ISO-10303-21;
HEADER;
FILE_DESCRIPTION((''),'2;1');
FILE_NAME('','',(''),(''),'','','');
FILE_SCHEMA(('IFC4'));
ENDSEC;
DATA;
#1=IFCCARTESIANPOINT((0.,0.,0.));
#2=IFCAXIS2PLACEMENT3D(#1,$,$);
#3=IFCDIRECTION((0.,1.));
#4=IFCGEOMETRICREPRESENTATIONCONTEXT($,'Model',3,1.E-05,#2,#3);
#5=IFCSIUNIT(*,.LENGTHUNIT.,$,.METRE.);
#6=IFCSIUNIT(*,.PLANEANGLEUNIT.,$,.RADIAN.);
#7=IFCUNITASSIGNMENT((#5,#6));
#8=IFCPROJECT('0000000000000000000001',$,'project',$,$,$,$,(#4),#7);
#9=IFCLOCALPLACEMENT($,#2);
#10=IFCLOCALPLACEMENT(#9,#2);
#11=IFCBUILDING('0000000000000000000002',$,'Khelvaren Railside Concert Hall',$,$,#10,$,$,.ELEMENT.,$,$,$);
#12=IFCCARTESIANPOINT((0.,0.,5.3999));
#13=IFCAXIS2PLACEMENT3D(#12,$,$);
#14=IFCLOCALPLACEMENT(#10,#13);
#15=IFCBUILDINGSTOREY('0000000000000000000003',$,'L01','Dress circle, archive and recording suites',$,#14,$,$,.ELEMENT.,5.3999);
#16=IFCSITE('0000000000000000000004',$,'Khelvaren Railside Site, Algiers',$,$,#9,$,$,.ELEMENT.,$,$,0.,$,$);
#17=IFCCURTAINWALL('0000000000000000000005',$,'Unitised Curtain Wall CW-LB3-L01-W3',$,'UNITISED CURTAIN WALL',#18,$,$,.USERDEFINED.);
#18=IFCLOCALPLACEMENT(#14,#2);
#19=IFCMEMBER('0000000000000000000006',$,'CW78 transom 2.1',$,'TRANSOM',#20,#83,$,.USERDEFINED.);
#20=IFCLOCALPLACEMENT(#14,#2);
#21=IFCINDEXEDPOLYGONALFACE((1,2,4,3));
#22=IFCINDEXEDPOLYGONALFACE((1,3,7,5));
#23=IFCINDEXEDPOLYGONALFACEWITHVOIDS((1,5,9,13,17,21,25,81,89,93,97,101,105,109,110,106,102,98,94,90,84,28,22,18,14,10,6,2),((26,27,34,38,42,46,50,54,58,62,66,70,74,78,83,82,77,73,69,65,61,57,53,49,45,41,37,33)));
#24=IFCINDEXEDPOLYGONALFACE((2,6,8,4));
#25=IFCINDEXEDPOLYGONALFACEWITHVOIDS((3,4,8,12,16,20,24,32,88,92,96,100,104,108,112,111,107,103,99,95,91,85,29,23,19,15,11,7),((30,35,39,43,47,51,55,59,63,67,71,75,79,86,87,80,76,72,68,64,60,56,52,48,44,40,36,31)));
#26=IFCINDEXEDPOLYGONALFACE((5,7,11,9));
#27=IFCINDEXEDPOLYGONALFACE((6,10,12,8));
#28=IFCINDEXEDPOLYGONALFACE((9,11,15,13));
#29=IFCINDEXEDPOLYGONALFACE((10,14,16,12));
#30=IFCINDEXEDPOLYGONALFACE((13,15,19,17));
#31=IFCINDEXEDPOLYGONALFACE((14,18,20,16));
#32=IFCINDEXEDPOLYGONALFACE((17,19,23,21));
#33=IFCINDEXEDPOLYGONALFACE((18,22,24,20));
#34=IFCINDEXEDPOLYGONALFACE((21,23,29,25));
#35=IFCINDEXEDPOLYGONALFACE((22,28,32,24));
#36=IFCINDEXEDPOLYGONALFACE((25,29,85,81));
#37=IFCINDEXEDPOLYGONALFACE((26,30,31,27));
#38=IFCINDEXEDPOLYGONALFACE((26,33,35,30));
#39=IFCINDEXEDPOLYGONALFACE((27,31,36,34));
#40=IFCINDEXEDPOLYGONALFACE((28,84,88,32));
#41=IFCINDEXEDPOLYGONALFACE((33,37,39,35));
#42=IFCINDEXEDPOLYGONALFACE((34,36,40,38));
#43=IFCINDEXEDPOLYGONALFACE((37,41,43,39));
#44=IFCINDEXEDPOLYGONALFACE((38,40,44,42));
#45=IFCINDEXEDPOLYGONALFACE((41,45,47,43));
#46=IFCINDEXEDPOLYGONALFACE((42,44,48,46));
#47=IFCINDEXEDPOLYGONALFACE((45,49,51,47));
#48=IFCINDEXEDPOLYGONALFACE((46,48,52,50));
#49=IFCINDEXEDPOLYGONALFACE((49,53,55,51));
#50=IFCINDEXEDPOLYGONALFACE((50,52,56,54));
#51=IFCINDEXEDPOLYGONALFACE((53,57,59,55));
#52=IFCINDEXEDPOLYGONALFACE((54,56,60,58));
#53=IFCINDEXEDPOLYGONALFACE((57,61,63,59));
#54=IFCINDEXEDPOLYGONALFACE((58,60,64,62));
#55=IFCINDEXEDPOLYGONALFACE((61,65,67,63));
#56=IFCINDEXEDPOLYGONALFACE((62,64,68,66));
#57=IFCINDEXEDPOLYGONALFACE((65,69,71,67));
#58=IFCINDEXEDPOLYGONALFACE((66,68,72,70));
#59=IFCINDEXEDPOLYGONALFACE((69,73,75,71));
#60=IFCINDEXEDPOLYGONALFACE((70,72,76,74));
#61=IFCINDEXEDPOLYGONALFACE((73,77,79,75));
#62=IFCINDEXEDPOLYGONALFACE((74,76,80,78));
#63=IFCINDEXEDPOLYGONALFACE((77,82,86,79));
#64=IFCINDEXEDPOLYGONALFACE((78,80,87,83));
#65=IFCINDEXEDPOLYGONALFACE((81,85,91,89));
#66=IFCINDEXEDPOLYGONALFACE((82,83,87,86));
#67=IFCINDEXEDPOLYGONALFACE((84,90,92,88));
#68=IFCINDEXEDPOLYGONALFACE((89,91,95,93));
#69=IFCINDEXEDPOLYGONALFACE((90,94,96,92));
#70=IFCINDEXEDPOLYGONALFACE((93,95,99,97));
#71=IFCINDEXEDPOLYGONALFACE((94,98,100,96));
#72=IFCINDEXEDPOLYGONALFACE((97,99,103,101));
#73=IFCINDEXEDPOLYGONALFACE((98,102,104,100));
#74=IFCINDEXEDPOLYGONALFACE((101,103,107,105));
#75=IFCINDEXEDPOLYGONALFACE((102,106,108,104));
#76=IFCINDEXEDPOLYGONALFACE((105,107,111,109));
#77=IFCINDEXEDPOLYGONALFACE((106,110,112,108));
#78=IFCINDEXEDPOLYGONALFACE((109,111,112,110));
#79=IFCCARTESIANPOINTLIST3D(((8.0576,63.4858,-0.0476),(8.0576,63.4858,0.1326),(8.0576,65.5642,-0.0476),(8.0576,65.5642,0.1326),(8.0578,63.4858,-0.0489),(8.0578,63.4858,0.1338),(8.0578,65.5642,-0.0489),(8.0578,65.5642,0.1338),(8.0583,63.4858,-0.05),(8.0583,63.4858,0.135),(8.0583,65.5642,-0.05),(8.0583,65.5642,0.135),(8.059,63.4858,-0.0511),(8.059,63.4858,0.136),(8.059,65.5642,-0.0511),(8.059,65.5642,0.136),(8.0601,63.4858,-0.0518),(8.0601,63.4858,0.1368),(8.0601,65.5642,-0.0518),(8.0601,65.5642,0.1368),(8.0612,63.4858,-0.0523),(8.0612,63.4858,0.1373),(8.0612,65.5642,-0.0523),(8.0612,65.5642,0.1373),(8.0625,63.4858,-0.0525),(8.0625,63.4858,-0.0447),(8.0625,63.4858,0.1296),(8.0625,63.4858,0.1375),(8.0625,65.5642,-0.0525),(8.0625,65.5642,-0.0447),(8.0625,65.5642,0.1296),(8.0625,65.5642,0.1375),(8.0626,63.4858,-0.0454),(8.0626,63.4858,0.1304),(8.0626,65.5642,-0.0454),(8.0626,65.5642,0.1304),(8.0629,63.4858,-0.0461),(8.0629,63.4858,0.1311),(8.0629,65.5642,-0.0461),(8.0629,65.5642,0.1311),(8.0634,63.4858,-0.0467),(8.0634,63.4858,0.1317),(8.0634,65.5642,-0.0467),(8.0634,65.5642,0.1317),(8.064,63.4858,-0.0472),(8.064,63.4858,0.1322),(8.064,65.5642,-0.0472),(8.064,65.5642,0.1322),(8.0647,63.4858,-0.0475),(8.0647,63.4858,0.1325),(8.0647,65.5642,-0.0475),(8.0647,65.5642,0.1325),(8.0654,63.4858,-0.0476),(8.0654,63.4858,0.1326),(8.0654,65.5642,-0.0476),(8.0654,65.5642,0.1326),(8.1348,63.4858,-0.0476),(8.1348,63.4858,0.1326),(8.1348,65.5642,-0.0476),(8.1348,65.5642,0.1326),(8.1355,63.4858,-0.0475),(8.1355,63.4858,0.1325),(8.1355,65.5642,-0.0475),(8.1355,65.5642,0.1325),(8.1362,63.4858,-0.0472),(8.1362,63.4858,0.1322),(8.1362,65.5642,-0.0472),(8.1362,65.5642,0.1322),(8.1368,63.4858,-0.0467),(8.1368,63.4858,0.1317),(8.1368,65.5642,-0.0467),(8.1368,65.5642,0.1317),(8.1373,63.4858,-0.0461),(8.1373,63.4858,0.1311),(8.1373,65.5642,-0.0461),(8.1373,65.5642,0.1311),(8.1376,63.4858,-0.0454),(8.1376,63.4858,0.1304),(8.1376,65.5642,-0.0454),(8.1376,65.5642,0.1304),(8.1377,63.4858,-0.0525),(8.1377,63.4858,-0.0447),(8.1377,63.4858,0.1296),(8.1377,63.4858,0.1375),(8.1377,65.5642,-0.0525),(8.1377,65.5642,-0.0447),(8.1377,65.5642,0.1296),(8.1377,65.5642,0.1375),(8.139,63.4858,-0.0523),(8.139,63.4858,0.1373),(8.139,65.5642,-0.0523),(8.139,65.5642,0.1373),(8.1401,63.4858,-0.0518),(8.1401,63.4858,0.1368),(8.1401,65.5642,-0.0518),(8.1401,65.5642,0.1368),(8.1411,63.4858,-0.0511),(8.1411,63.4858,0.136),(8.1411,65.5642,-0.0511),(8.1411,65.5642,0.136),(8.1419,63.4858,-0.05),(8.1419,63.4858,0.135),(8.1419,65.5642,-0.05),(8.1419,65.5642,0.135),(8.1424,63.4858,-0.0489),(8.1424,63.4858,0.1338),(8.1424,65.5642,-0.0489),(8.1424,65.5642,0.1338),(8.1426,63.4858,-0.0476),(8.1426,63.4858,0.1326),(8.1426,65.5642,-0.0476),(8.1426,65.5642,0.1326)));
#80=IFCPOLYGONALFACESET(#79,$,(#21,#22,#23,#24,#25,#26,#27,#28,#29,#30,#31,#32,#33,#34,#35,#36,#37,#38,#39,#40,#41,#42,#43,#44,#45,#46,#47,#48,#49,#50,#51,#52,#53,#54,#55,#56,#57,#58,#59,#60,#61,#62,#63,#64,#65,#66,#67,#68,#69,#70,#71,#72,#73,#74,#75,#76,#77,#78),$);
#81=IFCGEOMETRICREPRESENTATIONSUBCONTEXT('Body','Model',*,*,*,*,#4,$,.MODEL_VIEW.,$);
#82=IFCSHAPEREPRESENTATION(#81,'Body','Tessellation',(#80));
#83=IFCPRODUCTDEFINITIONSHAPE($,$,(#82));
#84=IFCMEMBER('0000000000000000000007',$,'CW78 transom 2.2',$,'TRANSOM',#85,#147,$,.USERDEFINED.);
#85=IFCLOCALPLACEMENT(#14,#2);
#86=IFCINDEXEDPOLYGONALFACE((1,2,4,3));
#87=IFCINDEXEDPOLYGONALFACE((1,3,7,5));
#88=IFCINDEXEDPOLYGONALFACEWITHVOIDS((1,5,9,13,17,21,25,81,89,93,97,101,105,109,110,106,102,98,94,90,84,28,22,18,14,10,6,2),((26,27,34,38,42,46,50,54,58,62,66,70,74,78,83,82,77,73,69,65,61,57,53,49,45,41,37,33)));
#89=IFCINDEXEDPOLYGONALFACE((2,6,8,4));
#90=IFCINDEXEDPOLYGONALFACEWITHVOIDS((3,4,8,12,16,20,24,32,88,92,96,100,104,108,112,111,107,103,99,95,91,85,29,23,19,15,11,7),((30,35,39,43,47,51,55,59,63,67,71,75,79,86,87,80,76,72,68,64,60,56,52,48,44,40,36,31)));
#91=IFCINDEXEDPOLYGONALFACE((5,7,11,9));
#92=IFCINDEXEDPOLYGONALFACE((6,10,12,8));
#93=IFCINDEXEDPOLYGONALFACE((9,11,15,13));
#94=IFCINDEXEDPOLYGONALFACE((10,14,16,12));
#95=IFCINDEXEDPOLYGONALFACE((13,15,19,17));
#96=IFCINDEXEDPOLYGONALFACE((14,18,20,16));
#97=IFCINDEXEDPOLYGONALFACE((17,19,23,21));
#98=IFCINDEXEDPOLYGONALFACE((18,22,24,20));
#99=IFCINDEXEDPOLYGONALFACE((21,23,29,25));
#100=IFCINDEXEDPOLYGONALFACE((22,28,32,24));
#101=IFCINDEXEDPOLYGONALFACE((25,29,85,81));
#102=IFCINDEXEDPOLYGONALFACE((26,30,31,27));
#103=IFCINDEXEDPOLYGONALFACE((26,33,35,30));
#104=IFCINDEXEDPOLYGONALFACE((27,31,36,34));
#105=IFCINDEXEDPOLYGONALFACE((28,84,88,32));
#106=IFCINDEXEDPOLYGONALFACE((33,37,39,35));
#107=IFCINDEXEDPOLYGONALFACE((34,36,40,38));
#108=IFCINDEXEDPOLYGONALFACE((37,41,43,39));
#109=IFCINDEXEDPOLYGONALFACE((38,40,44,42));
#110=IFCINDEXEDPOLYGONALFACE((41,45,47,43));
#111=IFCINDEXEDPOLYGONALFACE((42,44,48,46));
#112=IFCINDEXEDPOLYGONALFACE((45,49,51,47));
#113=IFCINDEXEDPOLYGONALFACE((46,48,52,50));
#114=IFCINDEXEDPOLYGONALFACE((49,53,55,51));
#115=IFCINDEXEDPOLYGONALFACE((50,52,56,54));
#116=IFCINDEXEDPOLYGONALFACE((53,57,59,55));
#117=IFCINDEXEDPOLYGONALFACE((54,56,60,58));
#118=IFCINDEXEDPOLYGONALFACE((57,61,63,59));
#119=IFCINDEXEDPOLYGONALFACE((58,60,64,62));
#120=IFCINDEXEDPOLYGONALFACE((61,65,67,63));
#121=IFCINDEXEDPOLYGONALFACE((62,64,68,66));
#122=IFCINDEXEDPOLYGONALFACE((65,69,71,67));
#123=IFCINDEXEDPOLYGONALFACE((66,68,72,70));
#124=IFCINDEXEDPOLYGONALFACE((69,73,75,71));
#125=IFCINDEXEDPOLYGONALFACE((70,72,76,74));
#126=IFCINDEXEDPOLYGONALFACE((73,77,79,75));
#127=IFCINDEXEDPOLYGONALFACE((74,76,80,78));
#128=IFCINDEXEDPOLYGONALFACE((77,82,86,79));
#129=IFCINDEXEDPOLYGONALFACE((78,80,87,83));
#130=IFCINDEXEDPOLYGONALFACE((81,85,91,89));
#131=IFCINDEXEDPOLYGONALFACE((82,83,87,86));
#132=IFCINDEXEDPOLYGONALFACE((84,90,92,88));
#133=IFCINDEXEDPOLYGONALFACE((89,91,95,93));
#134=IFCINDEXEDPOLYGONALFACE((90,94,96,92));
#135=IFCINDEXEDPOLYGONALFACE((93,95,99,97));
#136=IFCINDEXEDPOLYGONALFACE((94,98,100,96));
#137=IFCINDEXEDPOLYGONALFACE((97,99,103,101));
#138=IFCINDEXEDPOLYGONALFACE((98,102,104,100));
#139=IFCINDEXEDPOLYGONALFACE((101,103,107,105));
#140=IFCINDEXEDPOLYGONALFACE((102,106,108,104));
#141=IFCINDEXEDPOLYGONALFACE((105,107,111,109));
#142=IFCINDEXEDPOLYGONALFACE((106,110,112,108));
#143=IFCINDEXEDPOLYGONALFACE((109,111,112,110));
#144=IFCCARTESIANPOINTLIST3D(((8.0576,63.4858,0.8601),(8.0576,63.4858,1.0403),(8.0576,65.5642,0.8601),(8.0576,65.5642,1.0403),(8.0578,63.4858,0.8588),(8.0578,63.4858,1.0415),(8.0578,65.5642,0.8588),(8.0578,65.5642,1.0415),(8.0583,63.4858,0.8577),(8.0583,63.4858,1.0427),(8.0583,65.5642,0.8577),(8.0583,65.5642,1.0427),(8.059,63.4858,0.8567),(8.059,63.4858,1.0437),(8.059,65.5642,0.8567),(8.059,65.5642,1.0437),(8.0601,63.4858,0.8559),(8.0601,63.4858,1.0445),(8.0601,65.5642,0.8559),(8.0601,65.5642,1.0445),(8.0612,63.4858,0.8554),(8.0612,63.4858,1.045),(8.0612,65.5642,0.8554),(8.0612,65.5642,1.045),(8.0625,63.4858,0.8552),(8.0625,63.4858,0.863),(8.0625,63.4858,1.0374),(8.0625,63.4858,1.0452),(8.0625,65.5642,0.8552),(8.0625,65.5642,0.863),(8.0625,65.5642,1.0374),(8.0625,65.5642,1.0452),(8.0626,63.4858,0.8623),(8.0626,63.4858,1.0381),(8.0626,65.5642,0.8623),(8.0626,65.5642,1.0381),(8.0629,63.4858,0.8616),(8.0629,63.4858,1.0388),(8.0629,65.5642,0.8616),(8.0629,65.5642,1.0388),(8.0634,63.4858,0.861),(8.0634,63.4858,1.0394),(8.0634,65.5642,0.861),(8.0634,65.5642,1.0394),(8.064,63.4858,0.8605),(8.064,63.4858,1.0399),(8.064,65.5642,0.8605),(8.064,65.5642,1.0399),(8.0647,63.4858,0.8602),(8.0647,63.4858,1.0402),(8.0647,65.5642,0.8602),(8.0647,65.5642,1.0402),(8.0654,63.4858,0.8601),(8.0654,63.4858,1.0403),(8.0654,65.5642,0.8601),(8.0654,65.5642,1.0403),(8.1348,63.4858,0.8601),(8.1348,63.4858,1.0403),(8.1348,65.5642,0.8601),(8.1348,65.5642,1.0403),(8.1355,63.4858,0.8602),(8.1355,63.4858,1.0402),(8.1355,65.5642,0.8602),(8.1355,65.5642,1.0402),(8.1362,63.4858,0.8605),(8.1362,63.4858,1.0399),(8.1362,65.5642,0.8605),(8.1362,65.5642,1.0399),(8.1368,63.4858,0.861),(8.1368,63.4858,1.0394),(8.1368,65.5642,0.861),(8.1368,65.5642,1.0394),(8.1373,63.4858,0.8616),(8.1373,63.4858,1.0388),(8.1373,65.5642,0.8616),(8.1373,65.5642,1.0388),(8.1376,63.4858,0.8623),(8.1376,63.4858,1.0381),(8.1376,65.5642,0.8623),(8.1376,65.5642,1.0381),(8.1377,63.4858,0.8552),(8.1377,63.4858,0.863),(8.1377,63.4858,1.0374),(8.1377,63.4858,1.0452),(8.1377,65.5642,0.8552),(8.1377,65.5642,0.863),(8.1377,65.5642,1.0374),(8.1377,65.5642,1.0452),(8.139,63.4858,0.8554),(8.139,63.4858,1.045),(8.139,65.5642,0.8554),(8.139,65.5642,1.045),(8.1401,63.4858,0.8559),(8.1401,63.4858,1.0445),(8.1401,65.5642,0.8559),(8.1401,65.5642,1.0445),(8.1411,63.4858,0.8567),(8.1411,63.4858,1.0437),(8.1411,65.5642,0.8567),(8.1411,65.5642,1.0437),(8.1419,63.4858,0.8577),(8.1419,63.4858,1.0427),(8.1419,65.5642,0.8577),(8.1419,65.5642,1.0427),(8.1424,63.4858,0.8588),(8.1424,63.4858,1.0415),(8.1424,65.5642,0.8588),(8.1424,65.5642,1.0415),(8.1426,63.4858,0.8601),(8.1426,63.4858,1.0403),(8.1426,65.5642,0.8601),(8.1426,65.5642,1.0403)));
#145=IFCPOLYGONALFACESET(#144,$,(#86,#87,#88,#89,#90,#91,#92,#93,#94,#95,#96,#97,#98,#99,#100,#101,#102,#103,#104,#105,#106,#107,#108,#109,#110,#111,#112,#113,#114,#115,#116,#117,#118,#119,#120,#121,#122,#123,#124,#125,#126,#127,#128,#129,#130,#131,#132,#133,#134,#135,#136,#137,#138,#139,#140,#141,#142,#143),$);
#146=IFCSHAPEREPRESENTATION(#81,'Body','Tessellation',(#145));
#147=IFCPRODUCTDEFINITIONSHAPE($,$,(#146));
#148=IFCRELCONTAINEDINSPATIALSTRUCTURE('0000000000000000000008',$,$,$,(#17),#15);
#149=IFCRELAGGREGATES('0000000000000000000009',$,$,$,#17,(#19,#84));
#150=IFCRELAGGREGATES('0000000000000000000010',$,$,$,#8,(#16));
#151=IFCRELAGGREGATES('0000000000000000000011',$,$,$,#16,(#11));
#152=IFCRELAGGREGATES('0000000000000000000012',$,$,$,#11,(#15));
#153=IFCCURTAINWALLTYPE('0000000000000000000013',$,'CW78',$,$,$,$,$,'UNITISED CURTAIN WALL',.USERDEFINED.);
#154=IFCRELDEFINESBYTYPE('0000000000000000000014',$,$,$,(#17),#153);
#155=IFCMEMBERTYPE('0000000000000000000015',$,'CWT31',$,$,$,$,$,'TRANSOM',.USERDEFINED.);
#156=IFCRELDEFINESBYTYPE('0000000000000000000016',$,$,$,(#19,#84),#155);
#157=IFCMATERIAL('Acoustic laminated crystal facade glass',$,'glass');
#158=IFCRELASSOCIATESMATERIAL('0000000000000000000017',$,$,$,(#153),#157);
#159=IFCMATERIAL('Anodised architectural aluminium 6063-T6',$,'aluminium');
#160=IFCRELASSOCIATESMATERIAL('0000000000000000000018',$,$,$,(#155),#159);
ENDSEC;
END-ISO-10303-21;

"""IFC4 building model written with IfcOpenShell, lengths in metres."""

from ifc_helpers import new_model, si_unit, direction, frame, origin, origin_2d, place, context, subcontext, project, spatial, hollow_rectangle, extrude, material, material_profile, profile_set, type_object, element, aggregate, save


model = new_model("IFC4")

# Units and contexts
model_context = context("Model", 3, precision=1e-05, world=origin(), true_north=direction((0.0, 1.0)))
body_context = subcontext(model_context, "Body", "Model", "MODEL_VIEW")
ifc_project = project(units=[si_unit("LENGTHUNIT", "METRE"), si_unit("PLANEANGLEUNIT", "RADIAN")], contexts=[model_context])

# Site, building, storey
site_placement = place(None, origin())
site = spatial("IfcSite", under=ifc_project, at=site_placement, Name="Khelvaren Railside Site, Algiers", CompositionType="ELEMENT", RefElevation=0.0)
building_placement = place(site_placement, origin())
building = spatial("IfcBuilding", under=site, at=building_placement, Name="Khelvaren Railside Concert Hall", CompositionType="ELEMENT")
storey_placement = place(building_placement, frame((0.0, 0.0, 5.3999)))
storey = spatial("IfcBuildingStorey", under=building, at=storey_placement, Name="L01", Description="Dress circle, archive and recording suites", CompositionType="ELEMENT", Elevation=5.3999)

# Curtain wall, members
ifc_material_1 = material(Name="Acoustic laminated crystal facade glass", Category="glass")
curtain_wall_type = type_object("IfcCurtainWallType", Name="CW78", ElementType="UNITISED CURTAIN WALL", PredefinedType="USERDEFINED", material=ifc_material_1)
curtain_wall_placement = place(storey_placement, origin())
curtain_wall = element("IfcCurtainWall", 1, at=curtain_wall_placement, inside=storey, type_object=curtain_wall_type, Name="Unitised Curtain Wall CW-LB3-L01-W3", ObjectType="UNITISED CURTAIN WALL", PredefinedType="USERDEFINED")
ifc_material_2 = material(Name="Anodised architectural aluminium 6063-T6", Category="aluminium")
ifc_material_profile_1 = material_profile(ifc_material_2, hollow_rectangle(XDim=0.085, YDim=0.1899, WallThickness=0.0049, InnerFilletRadius=0.0029, OuterFilletRadius=0.0049, at=origin_2d()), Name="CWT 85x190x5")
ifc_profile_set_1 = profile_set([ifc_material_profile_1], Name="Anodised architectural aluminium 6063-T6")
member_type_1 = type_object("IfcMemberType", Name="CWT31", ElementType="TRANSOM", PredefinedType="USERDEFINED", material=ifc_profile_set_1)
member_1_placement = place(storey_placement, frame((8.1001, 63.4858, 0.0425), z_axis=(0.0, 1.0, 0.0), x_axis=(-1.0, 0.0, 0.0)))
member_1 = element("IfcMember", 2, at=member_1_placement, type_object=member_type_1, Name="CW78 transom 2.1", ObjectType="TRANSOM", PredefinedType="USERDEFINED", context=body_context, shape_type="SweptSolid", body=[
    extrude(hollow_rectangle(XDim=0.085, YDim=0.1899, WallThickness=0.0049, InnerFilletRadius=0.0029, OuterFilletRadius=0.0049, at=origin_2d()), origin(), (0.0, 0.0, 1.0), 2.0784),
])
member_2_placement = place(storey_placement, frame((8.1001, 63.4858, 0.9502), z_axis=(0.0, 1.0, 0.0), x_axis=(-1.0, 0.0, 0.0)))
member_2 = element("IfcMember", 3, at=member_2_placement, type_object=member_type_1, Name="CW78 transom 2.2", ObjectType="TRANSOM", PredefinedType="USERDEFINED", context=body_context, shape_type="SweptSolid", body=[
    extrude(hollow_rectangle(XDim=0.085, YDim=0.1899, WallThickness=0.0049, InnerFilletRadius=0.0029, OuterFilletRadius=0.0049, at=origin_2d()), origin(), (0.0, 0.0, 1.0), 2.0784),
])

aggregate(curtain_wall, [member_1, member_2])

save(model, "model.ifc")
